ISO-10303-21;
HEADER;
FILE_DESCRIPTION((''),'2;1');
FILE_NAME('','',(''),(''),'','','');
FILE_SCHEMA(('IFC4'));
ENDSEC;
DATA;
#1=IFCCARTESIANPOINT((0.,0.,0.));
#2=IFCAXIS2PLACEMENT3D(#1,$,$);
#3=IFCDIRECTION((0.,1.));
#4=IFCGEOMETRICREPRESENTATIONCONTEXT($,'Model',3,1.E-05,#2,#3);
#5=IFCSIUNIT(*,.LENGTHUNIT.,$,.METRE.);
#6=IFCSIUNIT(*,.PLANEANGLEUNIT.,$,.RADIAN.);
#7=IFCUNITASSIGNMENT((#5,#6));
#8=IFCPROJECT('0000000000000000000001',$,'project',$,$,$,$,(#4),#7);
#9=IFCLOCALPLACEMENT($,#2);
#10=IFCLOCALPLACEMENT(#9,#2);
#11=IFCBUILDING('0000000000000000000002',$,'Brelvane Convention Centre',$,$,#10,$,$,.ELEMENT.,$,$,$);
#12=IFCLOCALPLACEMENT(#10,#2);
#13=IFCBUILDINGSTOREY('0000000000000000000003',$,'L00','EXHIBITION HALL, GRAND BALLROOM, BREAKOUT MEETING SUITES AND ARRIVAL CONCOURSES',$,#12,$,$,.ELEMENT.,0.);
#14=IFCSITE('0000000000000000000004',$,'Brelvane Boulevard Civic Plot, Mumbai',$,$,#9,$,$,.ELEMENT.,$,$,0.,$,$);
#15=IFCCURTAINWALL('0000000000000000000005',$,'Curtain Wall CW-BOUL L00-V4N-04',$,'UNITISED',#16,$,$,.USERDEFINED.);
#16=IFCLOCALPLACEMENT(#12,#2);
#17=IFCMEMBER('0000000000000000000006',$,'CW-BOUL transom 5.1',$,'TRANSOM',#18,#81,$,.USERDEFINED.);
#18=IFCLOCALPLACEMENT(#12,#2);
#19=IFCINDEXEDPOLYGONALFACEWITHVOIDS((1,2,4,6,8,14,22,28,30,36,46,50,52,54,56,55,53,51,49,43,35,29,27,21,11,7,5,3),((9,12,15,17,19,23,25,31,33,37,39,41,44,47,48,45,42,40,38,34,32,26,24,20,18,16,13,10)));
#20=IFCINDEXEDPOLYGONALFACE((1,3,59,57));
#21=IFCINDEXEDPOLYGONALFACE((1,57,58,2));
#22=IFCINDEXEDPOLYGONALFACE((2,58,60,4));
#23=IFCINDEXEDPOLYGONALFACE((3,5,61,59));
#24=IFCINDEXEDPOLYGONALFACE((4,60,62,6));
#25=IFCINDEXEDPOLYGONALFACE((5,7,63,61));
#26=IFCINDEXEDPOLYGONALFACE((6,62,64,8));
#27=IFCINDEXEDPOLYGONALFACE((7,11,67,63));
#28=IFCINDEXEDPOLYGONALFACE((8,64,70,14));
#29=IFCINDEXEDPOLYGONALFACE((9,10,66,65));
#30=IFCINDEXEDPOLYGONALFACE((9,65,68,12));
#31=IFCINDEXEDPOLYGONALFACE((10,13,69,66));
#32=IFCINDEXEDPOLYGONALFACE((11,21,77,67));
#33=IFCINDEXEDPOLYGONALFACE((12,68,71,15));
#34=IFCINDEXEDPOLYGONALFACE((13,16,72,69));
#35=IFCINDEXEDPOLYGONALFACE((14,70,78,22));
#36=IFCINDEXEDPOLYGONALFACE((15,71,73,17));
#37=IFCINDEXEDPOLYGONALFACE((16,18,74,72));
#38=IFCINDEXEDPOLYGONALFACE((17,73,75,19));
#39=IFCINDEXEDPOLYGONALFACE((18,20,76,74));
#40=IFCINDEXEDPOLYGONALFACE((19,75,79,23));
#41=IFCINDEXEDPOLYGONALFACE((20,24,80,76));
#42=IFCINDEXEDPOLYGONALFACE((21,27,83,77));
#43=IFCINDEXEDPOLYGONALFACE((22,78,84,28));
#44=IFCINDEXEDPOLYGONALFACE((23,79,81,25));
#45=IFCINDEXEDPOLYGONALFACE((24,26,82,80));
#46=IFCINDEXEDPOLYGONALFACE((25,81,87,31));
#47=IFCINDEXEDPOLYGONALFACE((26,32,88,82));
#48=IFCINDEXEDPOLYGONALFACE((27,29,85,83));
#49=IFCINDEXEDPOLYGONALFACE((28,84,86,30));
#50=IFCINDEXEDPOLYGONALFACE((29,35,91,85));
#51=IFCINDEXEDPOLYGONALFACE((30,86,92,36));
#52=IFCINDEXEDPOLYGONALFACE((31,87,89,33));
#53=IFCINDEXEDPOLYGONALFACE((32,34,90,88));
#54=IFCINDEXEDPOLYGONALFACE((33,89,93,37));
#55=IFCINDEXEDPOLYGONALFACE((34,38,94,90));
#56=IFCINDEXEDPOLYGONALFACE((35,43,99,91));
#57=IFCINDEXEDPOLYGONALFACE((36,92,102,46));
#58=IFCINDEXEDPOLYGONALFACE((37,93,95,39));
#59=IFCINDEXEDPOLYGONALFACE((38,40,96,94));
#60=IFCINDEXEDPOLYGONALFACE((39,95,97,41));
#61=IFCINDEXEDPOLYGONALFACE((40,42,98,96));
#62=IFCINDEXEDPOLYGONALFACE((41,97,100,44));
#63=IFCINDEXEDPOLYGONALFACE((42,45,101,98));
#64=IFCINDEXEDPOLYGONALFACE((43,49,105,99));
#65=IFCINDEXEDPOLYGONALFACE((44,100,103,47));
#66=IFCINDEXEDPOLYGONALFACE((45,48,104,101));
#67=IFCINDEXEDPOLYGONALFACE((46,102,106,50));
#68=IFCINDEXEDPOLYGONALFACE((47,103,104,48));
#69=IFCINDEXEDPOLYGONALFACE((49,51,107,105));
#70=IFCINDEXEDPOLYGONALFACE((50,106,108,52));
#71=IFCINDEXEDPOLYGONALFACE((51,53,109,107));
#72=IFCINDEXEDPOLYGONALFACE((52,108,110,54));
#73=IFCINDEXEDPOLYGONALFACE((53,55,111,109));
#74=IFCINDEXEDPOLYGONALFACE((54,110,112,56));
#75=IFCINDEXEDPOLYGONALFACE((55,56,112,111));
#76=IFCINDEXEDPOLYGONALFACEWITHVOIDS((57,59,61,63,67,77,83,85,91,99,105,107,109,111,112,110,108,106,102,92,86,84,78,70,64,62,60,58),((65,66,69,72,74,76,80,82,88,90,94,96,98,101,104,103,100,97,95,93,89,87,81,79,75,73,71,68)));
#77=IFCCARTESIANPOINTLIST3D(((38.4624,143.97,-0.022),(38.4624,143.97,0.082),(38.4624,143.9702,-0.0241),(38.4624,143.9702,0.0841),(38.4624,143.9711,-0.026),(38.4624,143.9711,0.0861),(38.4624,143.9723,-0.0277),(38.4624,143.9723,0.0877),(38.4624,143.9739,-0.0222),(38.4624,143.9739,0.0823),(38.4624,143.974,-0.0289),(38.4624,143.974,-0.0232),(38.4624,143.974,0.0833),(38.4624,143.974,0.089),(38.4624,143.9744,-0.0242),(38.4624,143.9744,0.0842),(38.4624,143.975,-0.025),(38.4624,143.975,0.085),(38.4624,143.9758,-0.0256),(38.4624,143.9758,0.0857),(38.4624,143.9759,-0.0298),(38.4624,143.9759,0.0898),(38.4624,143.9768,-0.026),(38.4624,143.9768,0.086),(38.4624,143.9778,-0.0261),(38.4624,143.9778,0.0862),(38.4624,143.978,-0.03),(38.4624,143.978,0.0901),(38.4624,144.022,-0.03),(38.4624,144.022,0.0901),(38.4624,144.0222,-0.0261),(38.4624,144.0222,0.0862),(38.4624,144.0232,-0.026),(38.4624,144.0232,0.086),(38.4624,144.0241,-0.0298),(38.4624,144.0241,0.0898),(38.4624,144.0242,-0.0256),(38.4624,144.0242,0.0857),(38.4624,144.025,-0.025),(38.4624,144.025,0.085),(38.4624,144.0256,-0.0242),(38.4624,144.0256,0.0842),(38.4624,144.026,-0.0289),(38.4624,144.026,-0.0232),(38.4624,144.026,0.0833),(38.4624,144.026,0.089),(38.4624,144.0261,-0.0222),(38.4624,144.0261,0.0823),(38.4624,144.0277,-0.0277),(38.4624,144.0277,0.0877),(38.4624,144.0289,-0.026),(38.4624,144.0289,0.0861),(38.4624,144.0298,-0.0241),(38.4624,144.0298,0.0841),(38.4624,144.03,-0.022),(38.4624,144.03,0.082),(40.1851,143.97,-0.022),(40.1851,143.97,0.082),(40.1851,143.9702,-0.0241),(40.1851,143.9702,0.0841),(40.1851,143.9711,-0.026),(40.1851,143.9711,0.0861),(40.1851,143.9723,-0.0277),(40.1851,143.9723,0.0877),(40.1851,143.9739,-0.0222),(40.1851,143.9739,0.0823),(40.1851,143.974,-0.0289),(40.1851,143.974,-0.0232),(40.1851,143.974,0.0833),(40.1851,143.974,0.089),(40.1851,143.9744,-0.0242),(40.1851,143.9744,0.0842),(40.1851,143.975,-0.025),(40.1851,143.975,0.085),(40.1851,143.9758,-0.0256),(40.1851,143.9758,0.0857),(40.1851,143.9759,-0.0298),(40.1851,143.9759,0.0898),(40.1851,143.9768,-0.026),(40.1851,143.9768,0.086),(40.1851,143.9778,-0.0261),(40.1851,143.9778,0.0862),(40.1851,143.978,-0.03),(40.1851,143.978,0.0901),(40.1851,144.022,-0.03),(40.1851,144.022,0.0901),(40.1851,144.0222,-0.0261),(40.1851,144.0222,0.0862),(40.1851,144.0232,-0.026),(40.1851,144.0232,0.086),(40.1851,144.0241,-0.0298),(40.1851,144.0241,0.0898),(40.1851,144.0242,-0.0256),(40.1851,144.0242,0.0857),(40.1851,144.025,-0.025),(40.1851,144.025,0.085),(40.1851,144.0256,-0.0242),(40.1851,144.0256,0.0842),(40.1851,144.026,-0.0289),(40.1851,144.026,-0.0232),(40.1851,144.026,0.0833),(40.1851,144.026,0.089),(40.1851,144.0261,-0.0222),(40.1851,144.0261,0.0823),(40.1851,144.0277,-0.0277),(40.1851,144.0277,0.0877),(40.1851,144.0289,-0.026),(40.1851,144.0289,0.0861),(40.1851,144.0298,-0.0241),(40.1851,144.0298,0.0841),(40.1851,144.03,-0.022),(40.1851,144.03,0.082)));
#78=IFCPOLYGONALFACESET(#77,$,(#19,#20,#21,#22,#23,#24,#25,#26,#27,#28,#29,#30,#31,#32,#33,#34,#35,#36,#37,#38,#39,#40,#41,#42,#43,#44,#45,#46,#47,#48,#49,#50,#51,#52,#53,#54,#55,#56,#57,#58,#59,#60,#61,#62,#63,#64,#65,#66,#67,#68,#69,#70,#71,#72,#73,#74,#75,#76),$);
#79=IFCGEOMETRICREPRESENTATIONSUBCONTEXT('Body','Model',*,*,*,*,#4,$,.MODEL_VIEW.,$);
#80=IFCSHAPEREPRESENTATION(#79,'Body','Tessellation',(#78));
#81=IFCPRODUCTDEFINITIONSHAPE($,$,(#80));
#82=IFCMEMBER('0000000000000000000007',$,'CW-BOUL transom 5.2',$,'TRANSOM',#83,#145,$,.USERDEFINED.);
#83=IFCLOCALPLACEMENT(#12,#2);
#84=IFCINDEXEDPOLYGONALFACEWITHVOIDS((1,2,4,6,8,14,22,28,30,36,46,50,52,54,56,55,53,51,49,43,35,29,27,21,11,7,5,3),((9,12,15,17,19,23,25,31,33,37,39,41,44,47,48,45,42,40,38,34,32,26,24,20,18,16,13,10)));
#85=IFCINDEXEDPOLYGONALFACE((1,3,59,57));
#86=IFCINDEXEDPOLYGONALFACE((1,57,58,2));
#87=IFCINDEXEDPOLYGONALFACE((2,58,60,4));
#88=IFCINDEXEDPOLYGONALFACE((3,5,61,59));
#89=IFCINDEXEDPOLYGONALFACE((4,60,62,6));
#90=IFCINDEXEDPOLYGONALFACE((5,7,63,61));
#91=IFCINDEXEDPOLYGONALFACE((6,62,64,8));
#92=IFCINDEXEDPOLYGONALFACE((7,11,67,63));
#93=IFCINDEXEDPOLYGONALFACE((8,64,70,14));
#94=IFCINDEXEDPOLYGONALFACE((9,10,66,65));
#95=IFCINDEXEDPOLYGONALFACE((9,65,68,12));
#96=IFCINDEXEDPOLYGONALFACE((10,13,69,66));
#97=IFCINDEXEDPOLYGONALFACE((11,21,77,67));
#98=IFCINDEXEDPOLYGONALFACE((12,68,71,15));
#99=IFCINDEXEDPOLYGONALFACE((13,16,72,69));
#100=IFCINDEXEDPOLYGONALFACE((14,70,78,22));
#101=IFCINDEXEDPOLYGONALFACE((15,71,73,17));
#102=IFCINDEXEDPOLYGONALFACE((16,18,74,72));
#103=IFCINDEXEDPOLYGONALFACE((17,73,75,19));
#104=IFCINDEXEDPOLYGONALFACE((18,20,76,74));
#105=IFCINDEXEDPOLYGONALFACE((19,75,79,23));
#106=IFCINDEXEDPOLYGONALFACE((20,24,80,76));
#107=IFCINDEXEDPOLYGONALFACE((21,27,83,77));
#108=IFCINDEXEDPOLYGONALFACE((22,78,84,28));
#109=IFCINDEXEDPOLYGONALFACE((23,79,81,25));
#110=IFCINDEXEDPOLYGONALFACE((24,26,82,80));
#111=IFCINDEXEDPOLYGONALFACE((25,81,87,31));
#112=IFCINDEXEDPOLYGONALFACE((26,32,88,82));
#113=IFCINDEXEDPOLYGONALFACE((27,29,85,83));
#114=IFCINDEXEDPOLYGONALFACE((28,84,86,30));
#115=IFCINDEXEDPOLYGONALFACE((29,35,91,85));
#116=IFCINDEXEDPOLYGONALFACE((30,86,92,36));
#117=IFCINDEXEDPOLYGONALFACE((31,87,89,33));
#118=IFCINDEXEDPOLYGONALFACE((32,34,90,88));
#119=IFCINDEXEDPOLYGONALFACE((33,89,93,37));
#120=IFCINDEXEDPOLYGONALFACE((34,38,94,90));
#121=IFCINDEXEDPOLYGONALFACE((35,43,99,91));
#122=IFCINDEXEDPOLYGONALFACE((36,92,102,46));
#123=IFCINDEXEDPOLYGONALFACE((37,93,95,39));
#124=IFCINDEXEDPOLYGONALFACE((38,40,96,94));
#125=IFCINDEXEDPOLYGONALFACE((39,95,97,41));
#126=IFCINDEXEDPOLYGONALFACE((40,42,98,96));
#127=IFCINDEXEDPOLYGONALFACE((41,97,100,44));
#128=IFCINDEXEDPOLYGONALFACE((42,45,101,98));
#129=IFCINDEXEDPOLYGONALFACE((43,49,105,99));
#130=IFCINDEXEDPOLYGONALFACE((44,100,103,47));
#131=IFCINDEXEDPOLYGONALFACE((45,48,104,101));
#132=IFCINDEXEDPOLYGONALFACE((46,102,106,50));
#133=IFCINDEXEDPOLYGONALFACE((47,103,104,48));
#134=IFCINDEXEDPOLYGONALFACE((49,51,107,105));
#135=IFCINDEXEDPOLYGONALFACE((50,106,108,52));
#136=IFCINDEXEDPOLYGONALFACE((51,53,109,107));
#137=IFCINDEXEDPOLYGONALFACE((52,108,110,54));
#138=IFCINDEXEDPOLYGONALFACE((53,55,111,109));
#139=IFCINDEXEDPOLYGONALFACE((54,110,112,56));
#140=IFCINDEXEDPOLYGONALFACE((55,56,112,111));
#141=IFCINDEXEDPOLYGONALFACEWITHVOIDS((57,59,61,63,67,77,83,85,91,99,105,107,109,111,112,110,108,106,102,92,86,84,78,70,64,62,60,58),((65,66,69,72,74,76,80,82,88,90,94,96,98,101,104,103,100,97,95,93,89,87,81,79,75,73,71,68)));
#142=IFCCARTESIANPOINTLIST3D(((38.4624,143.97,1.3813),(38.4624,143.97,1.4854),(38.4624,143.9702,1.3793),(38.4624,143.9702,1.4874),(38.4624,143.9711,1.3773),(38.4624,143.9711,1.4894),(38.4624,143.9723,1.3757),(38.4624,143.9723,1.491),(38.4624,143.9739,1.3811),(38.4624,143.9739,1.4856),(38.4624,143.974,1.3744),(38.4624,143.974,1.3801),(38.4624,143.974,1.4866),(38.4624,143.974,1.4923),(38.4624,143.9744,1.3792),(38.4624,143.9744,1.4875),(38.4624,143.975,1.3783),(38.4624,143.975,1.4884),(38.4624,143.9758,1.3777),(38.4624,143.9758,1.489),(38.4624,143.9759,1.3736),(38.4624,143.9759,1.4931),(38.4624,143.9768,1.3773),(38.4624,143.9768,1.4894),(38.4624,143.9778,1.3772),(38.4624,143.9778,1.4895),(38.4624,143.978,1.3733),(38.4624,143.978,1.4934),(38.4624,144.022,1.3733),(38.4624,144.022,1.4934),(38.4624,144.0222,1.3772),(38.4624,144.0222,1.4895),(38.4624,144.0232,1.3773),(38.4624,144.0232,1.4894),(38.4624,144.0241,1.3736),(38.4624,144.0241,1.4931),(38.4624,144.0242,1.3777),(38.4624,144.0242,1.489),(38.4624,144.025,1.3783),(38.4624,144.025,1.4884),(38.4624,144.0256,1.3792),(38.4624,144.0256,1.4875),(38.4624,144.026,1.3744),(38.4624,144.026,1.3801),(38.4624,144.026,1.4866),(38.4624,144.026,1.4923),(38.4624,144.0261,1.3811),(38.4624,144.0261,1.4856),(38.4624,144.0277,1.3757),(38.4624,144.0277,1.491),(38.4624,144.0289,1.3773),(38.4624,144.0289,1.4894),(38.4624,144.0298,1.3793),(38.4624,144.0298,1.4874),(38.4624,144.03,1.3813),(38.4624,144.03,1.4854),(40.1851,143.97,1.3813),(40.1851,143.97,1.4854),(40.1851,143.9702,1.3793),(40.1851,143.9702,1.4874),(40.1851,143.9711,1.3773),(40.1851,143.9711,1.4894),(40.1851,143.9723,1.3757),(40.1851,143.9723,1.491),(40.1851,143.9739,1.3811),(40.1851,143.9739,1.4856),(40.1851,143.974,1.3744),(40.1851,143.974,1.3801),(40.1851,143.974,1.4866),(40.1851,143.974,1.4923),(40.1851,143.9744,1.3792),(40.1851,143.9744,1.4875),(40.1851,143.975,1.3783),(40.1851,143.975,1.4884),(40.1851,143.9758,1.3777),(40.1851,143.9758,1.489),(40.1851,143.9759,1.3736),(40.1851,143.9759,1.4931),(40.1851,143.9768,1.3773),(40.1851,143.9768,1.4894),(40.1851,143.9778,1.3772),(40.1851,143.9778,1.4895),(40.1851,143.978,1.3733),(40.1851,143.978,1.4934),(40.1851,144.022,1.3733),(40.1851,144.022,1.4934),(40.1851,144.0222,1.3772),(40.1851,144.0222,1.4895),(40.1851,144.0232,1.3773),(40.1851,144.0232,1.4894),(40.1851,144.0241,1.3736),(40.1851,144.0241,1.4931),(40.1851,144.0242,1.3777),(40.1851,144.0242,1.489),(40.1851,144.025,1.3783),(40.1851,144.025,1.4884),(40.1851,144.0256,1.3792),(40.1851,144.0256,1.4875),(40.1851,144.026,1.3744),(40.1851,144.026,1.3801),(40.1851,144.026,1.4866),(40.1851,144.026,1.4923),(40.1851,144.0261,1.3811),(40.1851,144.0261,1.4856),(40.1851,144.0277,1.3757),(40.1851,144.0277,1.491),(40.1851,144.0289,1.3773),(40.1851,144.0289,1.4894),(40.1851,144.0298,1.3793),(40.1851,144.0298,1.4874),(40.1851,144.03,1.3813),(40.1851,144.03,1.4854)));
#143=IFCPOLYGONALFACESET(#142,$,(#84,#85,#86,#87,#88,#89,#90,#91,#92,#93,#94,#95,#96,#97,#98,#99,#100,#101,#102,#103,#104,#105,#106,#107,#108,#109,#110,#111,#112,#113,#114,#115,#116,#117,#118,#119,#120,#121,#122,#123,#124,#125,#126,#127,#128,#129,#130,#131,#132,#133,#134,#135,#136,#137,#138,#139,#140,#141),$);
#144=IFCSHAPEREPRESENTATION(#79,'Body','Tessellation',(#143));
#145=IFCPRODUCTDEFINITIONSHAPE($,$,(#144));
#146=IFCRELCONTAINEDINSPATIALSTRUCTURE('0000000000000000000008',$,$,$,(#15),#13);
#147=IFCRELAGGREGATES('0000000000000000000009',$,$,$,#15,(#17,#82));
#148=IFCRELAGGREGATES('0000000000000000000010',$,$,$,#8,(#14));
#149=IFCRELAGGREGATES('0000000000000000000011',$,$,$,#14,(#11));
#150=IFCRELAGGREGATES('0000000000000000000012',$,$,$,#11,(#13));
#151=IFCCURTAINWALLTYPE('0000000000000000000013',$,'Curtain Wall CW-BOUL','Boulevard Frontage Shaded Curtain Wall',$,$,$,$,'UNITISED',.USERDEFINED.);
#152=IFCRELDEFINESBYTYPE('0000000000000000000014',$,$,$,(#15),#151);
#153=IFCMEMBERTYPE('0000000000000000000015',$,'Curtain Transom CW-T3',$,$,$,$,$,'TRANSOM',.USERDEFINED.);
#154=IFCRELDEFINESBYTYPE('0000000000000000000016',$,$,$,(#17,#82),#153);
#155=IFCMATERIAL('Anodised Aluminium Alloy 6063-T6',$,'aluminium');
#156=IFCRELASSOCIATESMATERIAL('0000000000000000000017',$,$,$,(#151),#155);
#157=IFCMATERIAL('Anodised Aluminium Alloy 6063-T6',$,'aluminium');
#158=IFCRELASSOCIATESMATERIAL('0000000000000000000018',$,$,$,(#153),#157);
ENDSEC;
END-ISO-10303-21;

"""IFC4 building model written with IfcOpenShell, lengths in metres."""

from ifc_helpers import new_model, si_unit, direction, frame, origin, origin_2d, place, context, subcontext, project, spatial, hollow_rectangle, extrude, material, material_profile, profile_set, type_object, element, aggregate, save


model = new_model("IFC4")

# Units and contexts
model_context = context("Model", 3, precision=1e-05, world=origin(), true_north=direction((0.0, 1.0)))
body_context = subcontext(model_context, "Body", "Model", "MODEL_VIEW")
ifc_project = project(units=[si_unit("LENGTHUNIT", "METRE"), si_unit("PLANEANGLEUNIT", "RADIAN")], contexts=[model_context])

# Site, building, storey
site_placement = place(None, origin())
site = spatial("IfcSite", under=ifc_project, at=site_placement, Name="Brelvane Boulevard Civic Plot, Mumbai", CompositionType="ELEMENT", RefElevation=0.0)
building_placement = place(site_placement, origin())
building = spatial("IfcBuilding", under=site, at=building_placement, Name="Brelvane Convention Centre", CompositionType="ELEMENT")
storey_placement = place(building_placement, origin())
storey = spatial("IfcBuildingStorey", under=building, at=storey_placement, Name="L00", Description="EXHIBITION HALL, GRAND BALLROOM, BREAKOUT MEETING SUITES AND ARRIVAL CONCOURSES", CompositionType="ELEMENT", Elevation=0.0)

# Curtain wall, members
ifc_material_1 = material(Name="Anodised Aluminium Alloy 6063-T6", Category="aluminium")
curtain_wall_type = type_object("IfcCurtainWallType", Name="Curtain Wall CW-BOUL", Description="Boulevard Frontage Shaded Curtain Wall", ElementType="UNITISED", PredefinedType="USERDEFINED", material=ifc_material_1)
curtain_wall_placement = place(storey_placement, origin())
curtain_wall = element("IfcCurtainWall", 1, at=curtain_wall_placement, inside=storey, type_object=curtain_wall_type, Name="Curtain Wall CW-BOUL L00-V4N-04", ObjectType="UNITISED", PredefinedType="USERDEFINED")
ifc_material_2 = material(Name="Anodised Aluminium Alloy 6063-T6", Category="aluminium")
ifc_material_profile_1 = material_profile(ifc_material_2, hollow_rectangle(XDim=0.0601, YDim=0.1201, WallThickness=0.0039, InnerFilletRadius=0.0039, OuterFilletRadius=0.0081, at=origin_2d()), Name="ALU-T 120x60x4.0")
ifc_profile_set_1 = profile_set([ifc_material_profile_1], Name="Anodised Aluminium Alloy 6063-T6")
member_type_1 = type_object("IfcMemberType", Name="Curtain Transom CW-T3", ElementType="TRANSOM", PredefinedType="USERDEFINED", material=ifc_profile_set_1)
member_1_placement = place(storey_placement, frame((38.4624, 144.0, 0.03), z_axis=(1.0, 0.0, 0.0), x_axis=(0.0, 1.0, 0.0)))
member_1 = element("IfcMember", 2, at=member_1_placement, type_object=member_type_1, Name="CW-BOUL transom 5.1", ObjectType="TRANSOM", PredefinedType="USERDEFINED", context=body_context, shape_type="SweptSolid", body=[
    extrude(hollow_rectangle(XDim=0.0601, YDim=0.1201, WallThickness=0.0039, InnerFilletRadius=0.0039, OuterFilletRadius=0.0081, at=origin_2d()), origin(), (0.0, 0.0, 1.0), 1.7227),
])
member_2_placement = place(storey_placement, frame((38.4624, 144.0, 1.4333), z_axis=(1.0, 0.0, 0.0), x_axis=(0.0, 1.0, 0.0)))
member_2 = element("IfcMember", 3, at=member_2_placement, type_object=member_type_1, Name="CW-BOUL transom 5.2", ObjectType="TRANSOM", PredefinedType="USERDEFINED", context=body_context, shape_type="SweptSolid", body=[
    extrude(hollow_rectangle(XDim=0.0601, YDim=0.1201, WallThickness=0.0039, InnerFilletRadius=0.0039, OuterFilletRadius=0.0081, at=origin_2d()), origin(), (0.0, 0.0, 1.0), 1.7227),
])

aggregate(curtain_wall, [member_1, member_2])

save(model, "model.ifc")
